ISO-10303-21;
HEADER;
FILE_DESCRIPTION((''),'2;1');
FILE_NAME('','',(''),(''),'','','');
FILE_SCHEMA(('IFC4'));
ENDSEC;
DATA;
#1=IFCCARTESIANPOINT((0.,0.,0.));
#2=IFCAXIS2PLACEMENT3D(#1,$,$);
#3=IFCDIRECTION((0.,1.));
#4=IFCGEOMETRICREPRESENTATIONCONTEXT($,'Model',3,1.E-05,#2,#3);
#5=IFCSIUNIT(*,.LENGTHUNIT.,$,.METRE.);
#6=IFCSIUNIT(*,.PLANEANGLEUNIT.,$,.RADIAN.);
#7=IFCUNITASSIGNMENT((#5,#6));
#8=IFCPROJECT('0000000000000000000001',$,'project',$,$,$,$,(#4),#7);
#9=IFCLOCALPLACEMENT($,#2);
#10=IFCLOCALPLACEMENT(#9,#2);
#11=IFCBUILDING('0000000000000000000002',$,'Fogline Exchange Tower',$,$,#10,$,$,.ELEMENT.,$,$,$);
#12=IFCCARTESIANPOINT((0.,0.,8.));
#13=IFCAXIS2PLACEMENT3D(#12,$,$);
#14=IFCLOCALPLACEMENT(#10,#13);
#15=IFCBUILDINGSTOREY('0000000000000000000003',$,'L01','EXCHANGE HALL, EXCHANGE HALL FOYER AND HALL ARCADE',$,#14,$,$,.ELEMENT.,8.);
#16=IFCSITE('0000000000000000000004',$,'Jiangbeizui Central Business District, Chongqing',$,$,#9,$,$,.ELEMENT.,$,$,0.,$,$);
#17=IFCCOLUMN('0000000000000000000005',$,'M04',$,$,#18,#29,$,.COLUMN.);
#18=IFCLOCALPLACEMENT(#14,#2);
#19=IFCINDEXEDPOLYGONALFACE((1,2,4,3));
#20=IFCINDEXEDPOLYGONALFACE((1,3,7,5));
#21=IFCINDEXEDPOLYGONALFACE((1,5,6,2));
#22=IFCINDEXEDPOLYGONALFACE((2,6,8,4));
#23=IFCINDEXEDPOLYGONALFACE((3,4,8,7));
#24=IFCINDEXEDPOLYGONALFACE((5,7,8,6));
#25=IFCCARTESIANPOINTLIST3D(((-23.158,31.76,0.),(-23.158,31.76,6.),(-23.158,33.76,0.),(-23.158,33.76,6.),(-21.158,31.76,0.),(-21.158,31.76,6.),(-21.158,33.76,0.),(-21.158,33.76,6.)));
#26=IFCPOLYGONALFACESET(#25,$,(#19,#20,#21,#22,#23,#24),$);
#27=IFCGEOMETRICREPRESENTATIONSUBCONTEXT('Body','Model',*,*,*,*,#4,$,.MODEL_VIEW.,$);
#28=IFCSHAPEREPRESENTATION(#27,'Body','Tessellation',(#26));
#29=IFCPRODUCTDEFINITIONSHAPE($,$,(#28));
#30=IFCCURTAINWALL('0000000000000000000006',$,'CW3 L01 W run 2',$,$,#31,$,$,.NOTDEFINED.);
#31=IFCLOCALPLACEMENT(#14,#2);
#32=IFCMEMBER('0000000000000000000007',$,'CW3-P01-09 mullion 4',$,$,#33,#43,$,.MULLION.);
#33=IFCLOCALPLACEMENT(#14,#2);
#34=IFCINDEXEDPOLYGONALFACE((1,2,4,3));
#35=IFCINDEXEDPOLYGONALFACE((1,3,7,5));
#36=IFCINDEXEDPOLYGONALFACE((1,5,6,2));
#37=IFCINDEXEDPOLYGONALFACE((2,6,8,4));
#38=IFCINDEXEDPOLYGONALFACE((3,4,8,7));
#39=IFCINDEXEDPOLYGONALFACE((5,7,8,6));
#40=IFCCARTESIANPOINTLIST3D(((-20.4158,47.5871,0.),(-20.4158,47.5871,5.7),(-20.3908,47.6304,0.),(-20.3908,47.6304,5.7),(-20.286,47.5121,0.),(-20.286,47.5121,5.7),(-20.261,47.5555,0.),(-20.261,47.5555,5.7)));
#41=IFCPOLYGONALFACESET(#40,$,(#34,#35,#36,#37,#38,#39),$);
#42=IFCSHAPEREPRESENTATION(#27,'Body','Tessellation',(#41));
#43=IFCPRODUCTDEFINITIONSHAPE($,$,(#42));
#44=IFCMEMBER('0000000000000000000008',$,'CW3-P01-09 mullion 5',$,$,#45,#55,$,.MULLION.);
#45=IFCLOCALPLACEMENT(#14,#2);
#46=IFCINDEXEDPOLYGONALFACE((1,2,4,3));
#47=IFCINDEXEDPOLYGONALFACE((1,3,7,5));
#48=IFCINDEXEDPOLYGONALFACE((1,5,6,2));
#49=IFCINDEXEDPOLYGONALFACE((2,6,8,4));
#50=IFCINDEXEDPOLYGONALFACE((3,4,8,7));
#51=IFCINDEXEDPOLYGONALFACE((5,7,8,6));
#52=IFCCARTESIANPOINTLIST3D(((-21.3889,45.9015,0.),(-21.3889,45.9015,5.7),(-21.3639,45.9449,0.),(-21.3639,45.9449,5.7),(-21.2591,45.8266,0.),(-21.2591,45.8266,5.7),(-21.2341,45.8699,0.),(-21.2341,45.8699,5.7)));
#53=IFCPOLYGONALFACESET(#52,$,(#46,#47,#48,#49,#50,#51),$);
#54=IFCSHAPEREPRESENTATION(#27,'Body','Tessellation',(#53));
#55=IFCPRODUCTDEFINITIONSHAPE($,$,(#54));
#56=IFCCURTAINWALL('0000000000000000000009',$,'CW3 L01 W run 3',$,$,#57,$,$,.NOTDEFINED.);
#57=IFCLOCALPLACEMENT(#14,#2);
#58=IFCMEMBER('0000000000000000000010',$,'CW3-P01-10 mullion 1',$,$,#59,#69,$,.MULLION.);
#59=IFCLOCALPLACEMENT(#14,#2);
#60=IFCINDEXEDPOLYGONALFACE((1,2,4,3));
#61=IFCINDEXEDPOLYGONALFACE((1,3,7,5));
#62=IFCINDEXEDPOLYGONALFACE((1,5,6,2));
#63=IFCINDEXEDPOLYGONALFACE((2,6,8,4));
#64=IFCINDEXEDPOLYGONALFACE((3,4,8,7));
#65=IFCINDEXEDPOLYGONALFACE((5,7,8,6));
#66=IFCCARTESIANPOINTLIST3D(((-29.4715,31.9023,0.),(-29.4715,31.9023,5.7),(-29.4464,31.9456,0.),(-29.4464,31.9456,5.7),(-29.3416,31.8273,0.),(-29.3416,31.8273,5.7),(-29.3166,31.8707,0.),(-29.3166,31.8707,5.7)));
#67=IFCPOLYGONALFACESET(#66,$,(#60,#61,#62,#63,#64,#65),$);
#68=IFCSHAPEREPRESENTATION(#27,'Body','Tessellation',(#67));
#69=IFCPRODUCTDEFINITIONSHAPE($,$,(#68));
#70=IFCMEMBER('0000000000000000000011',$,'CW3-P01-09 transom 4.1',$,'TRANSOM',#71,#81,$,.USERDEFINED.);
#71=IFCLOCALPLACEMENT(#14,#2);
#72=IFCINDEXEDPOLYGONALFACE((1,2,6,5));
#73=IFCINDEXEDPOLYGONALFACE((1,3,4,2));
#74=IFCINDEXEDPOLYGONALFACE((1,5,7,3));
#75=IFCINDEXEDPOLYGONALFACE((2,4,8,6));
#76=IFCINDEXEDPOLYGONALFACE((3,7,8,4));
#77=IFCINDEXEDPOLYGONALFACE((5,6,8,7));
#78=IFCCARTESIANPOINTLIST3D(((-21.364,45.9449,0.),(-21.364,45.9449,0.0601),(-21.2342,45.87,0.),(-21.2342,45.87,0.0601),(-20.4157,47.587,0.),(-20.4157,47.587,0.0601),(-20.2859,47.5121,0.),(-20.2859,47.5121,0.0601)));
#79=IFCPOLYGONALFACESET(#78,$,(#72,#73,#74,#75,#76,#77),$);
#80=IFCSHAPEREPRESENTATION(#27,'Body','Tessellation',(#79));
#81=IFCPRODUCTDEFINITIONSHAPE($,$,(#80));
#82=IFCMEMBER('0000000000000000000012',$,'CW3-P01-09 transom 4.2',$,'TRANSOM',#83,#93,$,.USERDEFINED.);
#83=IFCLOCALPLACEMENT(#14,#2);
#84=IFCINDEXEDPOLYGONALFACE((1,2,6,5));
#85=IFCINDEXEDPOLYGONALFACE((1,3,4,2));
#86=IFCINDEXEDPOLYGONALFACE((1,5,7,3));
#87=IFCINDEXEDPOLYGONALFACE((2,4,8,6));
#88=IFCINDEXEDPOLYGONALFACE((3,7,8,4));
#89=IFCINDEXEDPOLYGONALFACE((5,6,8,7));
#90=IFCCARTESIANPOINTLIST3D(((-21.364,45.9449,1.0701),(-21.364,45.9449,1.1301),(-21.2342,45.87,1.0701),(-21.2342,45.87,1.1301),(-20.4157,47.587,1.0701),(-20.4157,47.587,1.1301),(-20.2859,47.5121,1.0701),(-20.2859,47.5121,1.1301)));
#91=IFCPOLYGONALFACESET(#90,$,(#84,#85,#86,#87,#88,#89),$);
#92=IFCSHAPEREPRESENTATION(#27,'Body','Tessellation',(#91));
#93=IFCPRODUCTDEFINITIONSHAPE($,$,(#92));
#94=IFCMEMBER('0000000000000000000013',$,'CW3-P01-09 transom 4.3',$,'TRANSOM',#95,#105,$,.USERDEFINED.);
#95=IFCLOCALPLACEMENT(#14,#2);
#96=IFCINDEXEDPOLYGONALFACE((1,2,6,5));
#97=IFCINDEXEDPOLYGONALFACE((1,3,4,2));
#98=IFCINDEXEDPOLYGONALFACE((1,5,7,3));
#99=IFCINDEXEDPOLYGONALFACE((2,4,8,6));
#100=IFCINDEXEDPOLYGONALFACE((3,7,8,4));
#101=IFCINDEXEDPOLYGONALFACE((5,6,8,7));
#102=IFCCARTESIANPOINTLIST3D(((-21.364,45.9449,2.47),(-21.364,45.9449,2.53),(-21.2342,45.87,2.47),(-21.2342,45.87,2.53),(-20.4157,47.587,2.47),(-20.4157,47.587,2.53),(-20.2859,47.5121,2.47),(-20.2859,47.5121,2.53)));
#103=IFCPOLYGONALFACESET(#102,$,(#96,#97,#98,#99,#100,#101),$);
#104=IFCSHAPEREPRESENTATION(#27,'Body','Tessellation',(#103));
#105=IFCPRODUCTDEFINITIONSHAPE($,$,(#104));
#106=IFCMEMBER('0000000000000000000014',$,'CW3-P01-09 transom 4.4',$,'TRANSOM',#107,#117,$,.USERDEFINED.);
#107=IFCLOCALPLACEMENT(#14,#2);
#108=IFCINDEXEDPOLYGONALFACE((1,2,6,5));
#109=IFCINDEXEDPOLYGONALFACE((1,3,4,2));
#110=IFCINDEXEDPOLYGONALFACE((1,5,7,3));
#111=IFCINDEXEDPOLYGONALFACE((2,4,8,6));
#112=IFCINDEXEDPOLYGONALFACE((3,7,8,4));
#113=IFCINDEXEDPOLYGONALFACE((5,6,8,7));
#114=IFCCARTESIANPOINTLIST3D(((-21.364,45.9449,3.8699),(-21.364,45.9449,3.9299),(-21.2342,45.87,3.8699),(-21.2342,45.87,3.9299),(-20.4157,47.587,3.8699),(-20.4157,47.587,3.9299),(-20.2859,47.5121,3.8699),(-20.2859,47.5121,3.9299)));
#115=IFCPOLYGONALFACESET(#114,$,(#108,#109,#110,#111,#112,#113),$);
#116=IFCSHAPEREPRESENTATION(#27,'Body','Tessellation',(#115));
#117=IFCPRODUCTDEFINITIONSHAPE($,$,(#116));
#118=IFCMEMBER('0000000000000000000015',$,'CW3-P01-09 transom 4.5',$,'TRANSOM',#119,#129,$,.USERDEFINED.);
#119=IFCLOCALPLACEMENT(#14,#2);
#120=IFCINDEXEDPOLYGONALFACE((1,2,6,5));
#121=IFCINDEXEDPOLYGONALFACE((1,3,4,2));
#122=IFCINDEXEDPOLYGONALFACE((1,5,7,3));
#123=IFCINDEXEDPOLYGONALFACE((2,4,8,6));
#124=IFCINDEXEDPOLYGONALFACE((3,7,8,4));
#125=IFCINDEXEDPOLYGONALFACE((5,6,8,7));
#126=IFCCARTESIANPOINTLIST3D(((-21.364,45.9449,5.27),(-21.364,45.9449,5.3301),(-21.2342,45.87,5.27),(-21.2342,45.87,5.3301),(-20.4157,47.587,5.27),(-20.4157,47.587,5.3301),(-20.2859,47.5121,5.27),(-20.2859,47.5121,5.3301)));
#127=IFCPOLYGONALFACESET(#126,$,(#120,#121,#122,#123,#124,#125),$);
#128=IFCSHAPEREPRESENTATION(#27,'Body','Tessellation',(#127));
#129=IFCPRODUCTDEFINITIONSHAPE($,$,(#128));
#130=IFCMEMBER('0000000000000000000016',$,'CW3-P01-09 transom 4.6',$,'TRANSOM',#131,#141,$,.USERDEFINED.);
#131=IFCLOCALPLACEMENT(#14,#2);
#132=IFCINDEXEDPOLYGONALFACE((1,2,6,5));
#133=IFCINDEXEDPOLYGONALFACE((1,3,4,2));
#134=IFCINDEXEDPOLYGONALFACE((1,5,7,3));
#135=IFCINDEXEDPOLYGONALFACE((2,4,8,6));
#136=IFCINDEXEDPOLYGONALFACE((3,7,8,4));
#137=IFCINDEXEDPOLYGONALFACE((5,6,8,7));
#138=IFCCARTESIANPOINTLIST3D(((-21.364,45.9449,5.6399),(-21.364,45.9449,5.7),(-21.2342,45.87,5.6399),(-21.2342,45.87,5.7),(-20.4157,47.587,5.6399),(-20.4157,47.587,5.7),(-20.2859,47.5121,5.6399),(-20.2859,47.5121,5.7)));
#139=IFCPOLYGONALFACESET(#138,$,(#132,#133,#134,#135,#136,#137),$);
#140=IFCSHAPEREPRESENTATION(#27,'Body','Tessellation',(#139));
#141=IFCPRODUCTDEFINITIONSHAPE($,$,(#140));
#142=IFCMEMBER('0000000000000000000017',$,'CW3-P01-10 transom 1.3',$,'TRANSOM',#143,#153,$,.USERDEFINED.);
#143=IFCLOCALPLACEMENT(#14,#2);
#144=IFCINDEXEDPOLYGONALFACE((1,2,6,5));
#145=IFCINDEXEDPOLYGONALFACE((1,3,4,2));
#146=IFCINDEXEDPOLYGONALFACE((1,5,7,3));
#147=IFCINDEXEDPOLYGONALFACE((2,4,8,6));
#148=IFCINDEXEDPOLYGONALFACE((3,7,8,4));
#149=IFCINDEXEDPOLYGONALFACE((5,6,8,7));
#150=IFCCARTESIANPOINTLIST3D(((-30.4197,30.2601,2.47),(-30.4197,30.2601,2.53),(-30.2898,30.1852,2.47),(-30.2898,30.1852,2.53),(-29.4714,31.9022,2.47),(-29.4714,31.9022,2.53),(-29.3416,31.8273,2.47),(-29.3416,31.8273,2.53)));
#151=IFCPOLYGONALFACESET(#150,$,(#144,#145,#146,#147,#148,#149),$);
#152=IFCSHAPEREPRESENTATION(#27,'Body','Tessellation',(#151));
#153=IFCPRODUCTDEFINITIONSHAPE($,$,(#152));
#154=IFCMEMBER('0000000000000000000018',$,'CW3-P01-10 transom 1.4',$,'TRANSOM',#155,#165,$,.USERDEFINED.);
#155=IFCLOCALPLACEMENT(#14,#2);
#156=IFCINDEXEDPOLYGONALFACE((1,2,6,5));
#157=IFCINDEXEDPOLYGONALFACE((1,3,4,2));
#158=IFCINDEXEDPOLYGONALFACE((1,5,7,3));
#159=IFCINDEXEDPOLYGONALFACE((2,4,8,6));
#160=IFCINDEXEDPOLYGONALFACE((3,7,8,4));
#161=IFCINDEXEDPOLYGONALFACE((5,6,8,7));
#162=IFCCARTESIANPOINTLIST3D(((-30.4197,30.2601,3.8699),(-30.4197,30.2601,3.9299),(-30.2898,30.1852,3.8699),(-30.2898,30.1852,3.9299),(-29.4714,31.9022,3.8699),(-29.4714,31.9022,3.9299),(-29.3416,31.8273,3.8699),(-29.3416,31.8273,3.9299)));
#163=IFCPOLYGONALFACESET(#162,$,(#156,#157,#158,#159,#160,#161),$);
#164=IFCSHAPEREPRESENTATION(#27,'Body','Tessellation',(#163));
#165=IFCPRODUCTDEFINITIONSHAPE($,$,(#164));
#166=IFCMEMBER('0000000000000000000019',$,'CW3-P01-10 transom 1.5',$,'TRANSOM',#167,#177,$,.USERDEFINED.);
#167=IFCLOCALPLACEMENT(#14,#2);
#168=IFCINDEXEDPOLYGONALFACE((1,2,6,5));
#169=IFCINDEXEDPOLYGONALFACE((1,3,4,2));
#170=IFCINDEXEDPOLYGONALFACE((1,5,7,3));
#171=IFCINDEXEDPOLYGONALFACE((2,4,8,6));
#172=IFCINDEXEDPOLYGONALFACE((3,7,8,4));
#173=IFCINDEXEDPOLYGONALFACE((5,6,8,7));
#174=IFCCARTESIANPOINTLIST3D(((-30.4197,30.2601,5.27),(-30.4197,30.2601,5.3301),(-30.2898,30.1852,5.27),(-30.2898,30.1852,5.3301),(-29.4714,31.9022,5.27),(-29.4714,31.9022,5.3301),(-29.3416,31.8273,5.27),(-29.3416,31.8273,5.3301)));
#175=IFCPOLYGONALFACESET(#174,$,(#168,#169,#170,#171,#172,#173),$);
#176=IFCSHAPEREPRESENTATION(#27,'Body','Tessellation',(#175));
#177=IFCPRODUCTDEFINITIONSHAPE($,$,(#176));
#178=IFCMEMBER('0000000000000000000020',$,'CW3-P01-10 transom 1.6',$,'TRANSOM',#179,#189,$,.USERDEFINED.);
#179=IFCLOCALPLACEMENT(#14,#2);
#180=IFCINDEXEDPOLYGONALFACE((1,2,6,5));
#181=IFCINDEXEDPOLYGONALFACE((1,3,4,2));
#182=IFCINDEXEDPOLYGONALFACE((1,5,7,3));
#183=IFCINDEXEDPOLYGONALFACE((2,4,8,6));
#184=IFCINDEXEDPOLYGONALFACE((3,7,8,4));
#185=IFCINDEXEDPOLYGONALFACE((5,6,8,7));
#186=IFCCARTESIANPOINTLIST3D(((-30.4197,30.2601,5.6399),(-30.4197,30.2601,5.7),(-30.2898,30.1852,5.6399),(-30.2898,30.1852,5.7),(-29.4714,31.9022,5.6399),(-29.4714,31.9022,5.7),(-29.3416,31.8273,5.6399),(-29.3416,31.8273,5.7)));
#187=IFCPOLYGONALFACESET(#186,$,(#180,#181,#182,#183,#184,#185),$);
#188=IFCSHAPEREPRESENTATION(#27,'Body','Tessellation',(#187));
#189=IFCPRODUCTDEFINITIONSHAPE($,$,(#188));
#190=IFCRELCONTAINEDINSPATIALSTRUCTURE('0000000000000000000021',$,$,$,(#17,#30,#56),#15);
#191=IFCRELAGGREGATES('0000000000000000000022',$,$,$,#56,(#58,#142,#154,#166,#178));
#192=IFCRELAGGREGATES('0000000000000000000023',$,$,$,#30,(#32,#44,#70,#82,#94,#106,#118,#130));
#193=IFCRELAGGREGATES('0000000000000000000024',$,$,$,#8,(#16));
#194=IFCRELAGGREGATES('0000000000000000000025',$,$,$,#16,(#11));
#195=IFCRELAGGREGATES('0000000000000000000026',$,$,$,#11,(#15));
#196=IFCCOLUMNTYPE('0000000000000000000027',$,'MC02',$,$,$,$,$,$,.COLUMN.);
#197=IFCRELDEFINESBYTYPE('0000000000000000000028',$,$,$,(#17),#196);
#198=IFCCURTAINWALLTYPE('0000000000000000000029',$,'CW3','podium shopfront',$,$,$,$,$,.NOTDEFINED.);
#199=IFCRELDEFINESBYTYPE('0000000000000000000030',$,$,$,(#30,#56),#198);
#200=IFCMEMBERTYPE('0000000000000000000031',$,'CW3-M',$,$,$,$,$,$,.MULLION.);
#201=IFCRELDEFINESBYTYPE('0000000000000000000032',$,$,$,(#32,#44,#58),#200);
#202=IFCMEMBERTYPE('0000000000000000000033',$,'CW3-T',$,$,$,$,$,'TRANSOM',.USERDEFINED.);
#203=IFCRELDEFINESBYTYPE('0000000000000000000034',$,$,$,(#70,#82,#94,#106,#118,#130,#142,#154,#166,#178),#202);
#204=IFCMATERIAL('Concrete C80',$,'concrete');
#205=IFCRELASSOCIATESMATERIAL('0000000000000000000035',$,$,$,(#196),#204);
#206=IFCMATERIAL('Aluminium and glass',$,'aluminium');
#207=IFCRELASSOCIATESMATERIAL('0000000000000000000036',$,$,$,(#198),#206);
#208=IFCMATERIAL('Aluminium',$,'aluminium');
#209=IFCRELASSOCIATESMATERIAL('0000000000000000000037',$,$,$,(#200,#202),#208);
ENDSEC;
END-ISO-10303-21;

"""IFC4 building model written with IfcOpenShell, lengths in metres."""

from ifc_helpers import new_model, si_unit, direction, frame, origin, origin_2d, place, context, subcontext, project, spatial, rectangle, extrude, material, material_profile, profile_set, type_object, element, aggregate, save


model = new_model("IFC4")

# Units and contexts
model_context = context("Model", 3, precision=1e-05, world=origin(), true_north=direction((0.0, 1.0)))
body_context = subcontext(model_context, "Body", "Model", "MODEL_VIEW")
ifc_project = project(units=[si_unit("LENGTHUNIT", "METRE"), si_unit("PLANEANGLEUNIT", "RADIAN")], contexts=[model_context])

# Site, building, storey
site_placement = place(None, origin())
site = spatial("IfcSite", under=ifc_project, at=site_placement, Name="Jiangbeizui Central Business District, Chongqing", CompositionType="ELEMENT", RefElevation=0.0)
building_placement = place(site_placement, origin())
building = spatial("IfcBuilding", under=site, at=building_placement, Name="Fogline Exchange Tower", CompositionType="ELEMENT")
storey_placement = place(building_placement, frame((0.0, 0.0, 8.0)))
storey = spatial("IfcBuildingStorey", under=building, at=storey_placement, Name="L01", Description="EXCHANGE HALL, EXCHANGE HALL FOYER AND HALL ARCADE", CompositionType="ELEMENT", Elevation=8.0)

# Column
ifc_material_1 = material(Name="Concrete C80", Category="concrete")
ifc_material_profile_1 = material_profile(ifc_material_1, rectangle(XDim=2.0, YDim=2.0, at=origin_2d()), Name="RC 2000x2000")
ifc_profile_set_1 = profile_set([ifc_material_profile_1], Name="Concrete C80")
column_type = type_object("IfcColumnType", Name="MC02", PredefinedType="COLUMN", material=ifc_profile_set_1)
column_placement = place(storey_placement, frame((-22.158, 32.76, 0.0), z_axis=(0.0, 0.0, 1.0), x_axis=(1.0, 0.0, 0.0)))
element("IfcColumn", 1, at=column_placement, inside=storey, type_object=column_type, Name="M04", PredefinedType="COLUMN", context=body_context, shape_type="SweptSolid", body=[
    extrude(rectangle(XDim=2.0, YDim=2.0, at=origin_2d()), origin(), (0.0, 0.0, 1.0), 6.0),
])

# Curtain wall, members
ifc_material_2 = material(Name="Aluminium and glass", Category="aluminium")
curtain_wall_type = type_object("IfcCurtainWallType", Name="CW3", Description="podium shopfront", PredefinedType="NOTDEFINED", material=ifc_material_2)
curtain_wall_1_placement = place(storey_placement, origin())
curtain_wall_1 = element("IfcCurtainWall", 2, at=curtain_wall_1_placement, inside=storey, type_object=curtain_wall_type, Name="CW3 L01 W run 2", PredefinedType="NOTDEFINED")
ifc_material_3 = material(Name="Aluminium", Category="aluminium")
ifc_material_profile_2 = material_profile(ifc_material_3, rectangle(XDim=0.1499, YDim=0.05, at=origin_2d()), Name="Mullion 50x150")
ifc_profile_set_2 = profile_set([ifc_material_profile_2], Name="Aluminium")
member_type_1 = type_object("IfcMemberType", Name="CW3-M", PredefinedType="MULLION", material=ifc_profile_set_2)
member_1_placement = place(storey_placement, frame((-20.3384, 47.5713, 0.0), z_axis=(0.0, 0.0, 1.0), x_axis=(0.866025, -0.5, 0.0)))
member_1 = element("IfcMember", 3, at=member_1_placement, type_object=member_type_1, Name="CW3-P01-09 mullion 4", PredefinedType="MULLION", context=body_context, shape_type="SweptSolid", body=[
    extrude(rectangle(XDim=0.1499, YDim=0.05, at=origin_2d()), origin(), (0.0, 0.0, 1.0), 5.7),
])
member_2_placement = place(storey_placement, frame((-21.3115, 45.8857, 0.0), z_axis=(0.0, 0.0, 1.0), x_axis=(0.866025, -0.5, 0.0)))
member_2 = element("IfcMember", 4, at=member_2_placement, type_object=member_type_1, Name="CW3-P01-09 mullion 5", PredefinedType="MULLION", context=body_context, shape_type="SweptSolid", body=[
    extrude(rectangle(XDim=0.1499, YDim=0.05, at=origin_2d()), origin(), (0.0, 0.0, 1.0), 5.7),
])

# Curtain wall, member
curtain_wall_2_placement = place(storey_placement, origin())
curtain_wall_2 = element("IfcCurtainWall", 5, at=curtain_wall_2_placement, inside=storey, type_object=curtain_wall_type, Name="CW3 L01 W run 3", PredefinedType="NOTDEFINED")
member_3_placement = place(storey_placement, frame((-29.394, 31.8865, 0.0), z_axis=(0.0, 0.0, 1.0), x_axis=(0.866025, -0.5, 0.0)))
member_3 = element("IfcMember", 6, at=member_3_placement, type_object=member_type_1, Name="CW3-P01-10 mullion 1", PredefinedType="MULLION", context=body_context, shape_type="SweptSolid", body=[
    extrude(rectangle(XDim=0.1499, YDim=0.05, at=origin_2d()), origin(), (0.0, 0.0, 1.0), 5.7),
])

# Members
ifc_material_profile_3 = material_profile(ifc_material_3, rectangle(XDim=0.1499, YDim=0.0601, at=origin_2d()), Name="Transom 60x150")
ifc_profile_set_3 = profile_set([ifc_material_profile_3], Name="Aluminium")
member_type_2 = type_object("IfcMemberType", Name="CW3-T", ElementType="TRANSOM", PredefinedType="USERDEFINED", material=ifc_profile_set_3)
member_4_placement = place(storey_placement, frame((-20.3508, 47.5496, 0.03), z_axis=(-0.500072, -0.865984, 0.0), x_axis=(0.865984, -0.500072, 0.0)))
member_4 = element("IfcMember", 7, at=member_4_placement, type_object=member_type_2, Name="CW3-P01-09 transom 4.1", ObjectType="TRANSOM", PredefinedType="USERDEFINED", context=body_context, shape_type="SweptSolid", body=[
    extrude(rectangle(XDim=0.1499, YDim=0.0601, at=origin_2d()), origin(), (0.0, 0.0, 1.0), 1.8962),
])
member_5_placement = place(storey_placement, frame((-20.3508, 47.5496, 1.1001), z_axis=(-0.500072, -0.865984, 0.0), x_axis=(0.865984, -0.500072, 0.0)))
member_5 = element("IfcMember", 8, at=member_5_placement, type_object=member_type_2, Name="CW3-P01-09 transom 4.2", ObjectType="TRANSOM", PredefinedType="USERDEFINED", context=body_context, shape_type="SweptSolid", body=[
    extrude(rectangle(XDim=0.1499, YDim=0.0601, at=origin_2d()), origin(), (0.0, 0.0, 1.0), 1.8962),
])
member_6_placement = place(storey_placement, frame((-20.3508, 47.5496, 2.5), z_axis=(-0.500072, -0.865984, 0.0), x_axis=(0.865984, -0.500072, 0.0)))
member_6 = element("IfcMember", 9, at=member_6_placement, type_object=member_type_2, Name="CW3-P01-09 transom 4.3", ObjectType="TRANSOM", PredefinedType="USERDEFINED", context=body_context, shape_type="SweptSolid", body=[
    extrude(rectangle(XDim=0.1499, YDim=0.0601, at=origin_2d()), origin(), (0.0, 0.0, 1.0), 1.8962),
])
member_7_placement = place(storey_placement, frame((-20.3508, 47.5496, 3.8999), z_axis=(-0.500072, -0.865984, 0.0), x_axis=(0.865984, -0.500072, 0.0)))
member_7 = element("IfcMember", 10, at=member_7_placement, type_object=member_type_2, Name="CW3-P01-09 transom 4.4", ObjectType="TRANSOM", PredefinedType="USERDEFINED", context=body_context, shape_type="SweptSolid", body=[
    extrude(rectangle(XDim=0.1499, YDim=0.0601, at=origin_2d()), origin(), (0.0, 0.0, 1.0), 1.8962),
])
member_8_placement = place(storey_placement, frame((-20.3508, 47.5496, 5.3), z_axis=(-0.500072, -0.865984, 0.0), x_axis=(0.865984, -0.500072, 0.0)))
member_8 = element("IfcMember", 11, at=member_8_placement, type_object=member_type_2, Name="CW3-P01-09 transom 4.5", ObjectType="TRANSOM", PredefinedType="USERDEFINED", context=body_context, shape_type="SweptSolid", body=[
    extrude(rectangle(XDim=0.1499, YDim=0.0601, at=origin_2d()), origin(), (0.0, 0.0, 1.0), 1.8962),
])
member_9_placement = place(storey_placement, frame((-20.3508, 47.5496, 5.6699), z_axis=(-0.500072, -0.865984, 0.0), x_axis=(0.865984, -0.500072, 0.0)))
member_9 = element("IfcMember", 12, at=member_9_placement, type_object=member_type_2, Name="CW3-P01-09 transom 4.6", ObjectType="TRANSOM", PredefinedType="USERDEFINED", context=body_context, shape_type="SweptSolid", body=[
    extrude(rectangle(XDim=0.1499, YDim=0.0601, at=origin_2d()), origin(), (0.0, 0.0, 1.0), 1.8962),
])
member_10_placement = place(storey_placement, frame((-29.4065, 31.8647, 2.5), z_axis=(-0.500072, -0.865984, 0.0), x_axis=(0.865984, -0.500072, 0.0)))
member_10 = element("IfcMember", 13, at=member_10_placement, type_object=member_type_2, Name="CW3-P01-10 transom 1.3", ObjectType="TRANSOM", PredefinedType="USERDEFINED", context=body_context, shape_type="SweptSolid", body=[
    extrude(rectangle(XDim=0.1499, YDim=0.0601, at=origin_2d()), origin(), (0.0, 0.0, 1.0), 1.8962),
])
member_11_placement = place(storey_placement, frame((-29.4065, 31.8647, 3.8999), z_axis=(-0.500072, -0.865984, 0.0), x_axis=(0.865984, -0.500072, 0.0)))
member_11 = element("IfcMember", 14, at=member_11_placement, type_object=member_type_2, Name="CW3-P01-10 transom 1.4", ObjectType="TRANSOM", PredefinedType="USERDEFINED", context=body_context, shape_type="SweptSolid", body=[
    extrude(rectangle(XDim=0.1499, YDim=0.0601, at=origin_2d()), origin(), (0.0, 0.0, 1.0), 1.8962),
])
member_12_placement = place(storey_placement, frame((-29.4065, 31.8647, 5.3), z_axis=(-0.500072, -0.865984, 0.0), x_axis=(0.865984, -0.500072, 0.0)))
member_12 = element("IfcMember", 15, at=member_12_placement, type_object=member_type_2, Name="CW3-P01-10 transom 1.5", ObjectType="TRANSOM", PredefinedType="USERDEFINED", context=body_context, shape_type="SweptSolid", body=[
    extrude(rectangle(XDim=0.1499, YDim=0.0601, at=origin_2d()), origin(), (0.0, 0.0, 1.0), 1.8962),
])
member_13_placement = place(storey_placement, frame((-29.4065, 31.8647, 5.6699), z_axis=(-0.500072, -0.865984, 0.0), x_axis=(0.865984, -0.500072, 0.0)))
member_13 = element("IfcMember", 16, at=member_13_placement, type_object=member_type_2, Name="CW3-P01-10 transom 1.6", ObjectType="TRANSOM", PredefinedType="USERDEFINED", context=body_context, shape_type="SweptSolid", body=[
    extrude(rectangle(XDim=0.1499, YDim=0.0601, at=origin_2d()), origin(), (0.0, 0.0, 1.0), 1.8962),
])
aggregate(curtain_wall_2, [member_3, member_10, member_11, member_12, member_13])

aggregate(curtain_wall_1, [member_1, member_2, member_4, member_5, member_6, member_7, member_8, member_9])

save(model, "model.ifc")
